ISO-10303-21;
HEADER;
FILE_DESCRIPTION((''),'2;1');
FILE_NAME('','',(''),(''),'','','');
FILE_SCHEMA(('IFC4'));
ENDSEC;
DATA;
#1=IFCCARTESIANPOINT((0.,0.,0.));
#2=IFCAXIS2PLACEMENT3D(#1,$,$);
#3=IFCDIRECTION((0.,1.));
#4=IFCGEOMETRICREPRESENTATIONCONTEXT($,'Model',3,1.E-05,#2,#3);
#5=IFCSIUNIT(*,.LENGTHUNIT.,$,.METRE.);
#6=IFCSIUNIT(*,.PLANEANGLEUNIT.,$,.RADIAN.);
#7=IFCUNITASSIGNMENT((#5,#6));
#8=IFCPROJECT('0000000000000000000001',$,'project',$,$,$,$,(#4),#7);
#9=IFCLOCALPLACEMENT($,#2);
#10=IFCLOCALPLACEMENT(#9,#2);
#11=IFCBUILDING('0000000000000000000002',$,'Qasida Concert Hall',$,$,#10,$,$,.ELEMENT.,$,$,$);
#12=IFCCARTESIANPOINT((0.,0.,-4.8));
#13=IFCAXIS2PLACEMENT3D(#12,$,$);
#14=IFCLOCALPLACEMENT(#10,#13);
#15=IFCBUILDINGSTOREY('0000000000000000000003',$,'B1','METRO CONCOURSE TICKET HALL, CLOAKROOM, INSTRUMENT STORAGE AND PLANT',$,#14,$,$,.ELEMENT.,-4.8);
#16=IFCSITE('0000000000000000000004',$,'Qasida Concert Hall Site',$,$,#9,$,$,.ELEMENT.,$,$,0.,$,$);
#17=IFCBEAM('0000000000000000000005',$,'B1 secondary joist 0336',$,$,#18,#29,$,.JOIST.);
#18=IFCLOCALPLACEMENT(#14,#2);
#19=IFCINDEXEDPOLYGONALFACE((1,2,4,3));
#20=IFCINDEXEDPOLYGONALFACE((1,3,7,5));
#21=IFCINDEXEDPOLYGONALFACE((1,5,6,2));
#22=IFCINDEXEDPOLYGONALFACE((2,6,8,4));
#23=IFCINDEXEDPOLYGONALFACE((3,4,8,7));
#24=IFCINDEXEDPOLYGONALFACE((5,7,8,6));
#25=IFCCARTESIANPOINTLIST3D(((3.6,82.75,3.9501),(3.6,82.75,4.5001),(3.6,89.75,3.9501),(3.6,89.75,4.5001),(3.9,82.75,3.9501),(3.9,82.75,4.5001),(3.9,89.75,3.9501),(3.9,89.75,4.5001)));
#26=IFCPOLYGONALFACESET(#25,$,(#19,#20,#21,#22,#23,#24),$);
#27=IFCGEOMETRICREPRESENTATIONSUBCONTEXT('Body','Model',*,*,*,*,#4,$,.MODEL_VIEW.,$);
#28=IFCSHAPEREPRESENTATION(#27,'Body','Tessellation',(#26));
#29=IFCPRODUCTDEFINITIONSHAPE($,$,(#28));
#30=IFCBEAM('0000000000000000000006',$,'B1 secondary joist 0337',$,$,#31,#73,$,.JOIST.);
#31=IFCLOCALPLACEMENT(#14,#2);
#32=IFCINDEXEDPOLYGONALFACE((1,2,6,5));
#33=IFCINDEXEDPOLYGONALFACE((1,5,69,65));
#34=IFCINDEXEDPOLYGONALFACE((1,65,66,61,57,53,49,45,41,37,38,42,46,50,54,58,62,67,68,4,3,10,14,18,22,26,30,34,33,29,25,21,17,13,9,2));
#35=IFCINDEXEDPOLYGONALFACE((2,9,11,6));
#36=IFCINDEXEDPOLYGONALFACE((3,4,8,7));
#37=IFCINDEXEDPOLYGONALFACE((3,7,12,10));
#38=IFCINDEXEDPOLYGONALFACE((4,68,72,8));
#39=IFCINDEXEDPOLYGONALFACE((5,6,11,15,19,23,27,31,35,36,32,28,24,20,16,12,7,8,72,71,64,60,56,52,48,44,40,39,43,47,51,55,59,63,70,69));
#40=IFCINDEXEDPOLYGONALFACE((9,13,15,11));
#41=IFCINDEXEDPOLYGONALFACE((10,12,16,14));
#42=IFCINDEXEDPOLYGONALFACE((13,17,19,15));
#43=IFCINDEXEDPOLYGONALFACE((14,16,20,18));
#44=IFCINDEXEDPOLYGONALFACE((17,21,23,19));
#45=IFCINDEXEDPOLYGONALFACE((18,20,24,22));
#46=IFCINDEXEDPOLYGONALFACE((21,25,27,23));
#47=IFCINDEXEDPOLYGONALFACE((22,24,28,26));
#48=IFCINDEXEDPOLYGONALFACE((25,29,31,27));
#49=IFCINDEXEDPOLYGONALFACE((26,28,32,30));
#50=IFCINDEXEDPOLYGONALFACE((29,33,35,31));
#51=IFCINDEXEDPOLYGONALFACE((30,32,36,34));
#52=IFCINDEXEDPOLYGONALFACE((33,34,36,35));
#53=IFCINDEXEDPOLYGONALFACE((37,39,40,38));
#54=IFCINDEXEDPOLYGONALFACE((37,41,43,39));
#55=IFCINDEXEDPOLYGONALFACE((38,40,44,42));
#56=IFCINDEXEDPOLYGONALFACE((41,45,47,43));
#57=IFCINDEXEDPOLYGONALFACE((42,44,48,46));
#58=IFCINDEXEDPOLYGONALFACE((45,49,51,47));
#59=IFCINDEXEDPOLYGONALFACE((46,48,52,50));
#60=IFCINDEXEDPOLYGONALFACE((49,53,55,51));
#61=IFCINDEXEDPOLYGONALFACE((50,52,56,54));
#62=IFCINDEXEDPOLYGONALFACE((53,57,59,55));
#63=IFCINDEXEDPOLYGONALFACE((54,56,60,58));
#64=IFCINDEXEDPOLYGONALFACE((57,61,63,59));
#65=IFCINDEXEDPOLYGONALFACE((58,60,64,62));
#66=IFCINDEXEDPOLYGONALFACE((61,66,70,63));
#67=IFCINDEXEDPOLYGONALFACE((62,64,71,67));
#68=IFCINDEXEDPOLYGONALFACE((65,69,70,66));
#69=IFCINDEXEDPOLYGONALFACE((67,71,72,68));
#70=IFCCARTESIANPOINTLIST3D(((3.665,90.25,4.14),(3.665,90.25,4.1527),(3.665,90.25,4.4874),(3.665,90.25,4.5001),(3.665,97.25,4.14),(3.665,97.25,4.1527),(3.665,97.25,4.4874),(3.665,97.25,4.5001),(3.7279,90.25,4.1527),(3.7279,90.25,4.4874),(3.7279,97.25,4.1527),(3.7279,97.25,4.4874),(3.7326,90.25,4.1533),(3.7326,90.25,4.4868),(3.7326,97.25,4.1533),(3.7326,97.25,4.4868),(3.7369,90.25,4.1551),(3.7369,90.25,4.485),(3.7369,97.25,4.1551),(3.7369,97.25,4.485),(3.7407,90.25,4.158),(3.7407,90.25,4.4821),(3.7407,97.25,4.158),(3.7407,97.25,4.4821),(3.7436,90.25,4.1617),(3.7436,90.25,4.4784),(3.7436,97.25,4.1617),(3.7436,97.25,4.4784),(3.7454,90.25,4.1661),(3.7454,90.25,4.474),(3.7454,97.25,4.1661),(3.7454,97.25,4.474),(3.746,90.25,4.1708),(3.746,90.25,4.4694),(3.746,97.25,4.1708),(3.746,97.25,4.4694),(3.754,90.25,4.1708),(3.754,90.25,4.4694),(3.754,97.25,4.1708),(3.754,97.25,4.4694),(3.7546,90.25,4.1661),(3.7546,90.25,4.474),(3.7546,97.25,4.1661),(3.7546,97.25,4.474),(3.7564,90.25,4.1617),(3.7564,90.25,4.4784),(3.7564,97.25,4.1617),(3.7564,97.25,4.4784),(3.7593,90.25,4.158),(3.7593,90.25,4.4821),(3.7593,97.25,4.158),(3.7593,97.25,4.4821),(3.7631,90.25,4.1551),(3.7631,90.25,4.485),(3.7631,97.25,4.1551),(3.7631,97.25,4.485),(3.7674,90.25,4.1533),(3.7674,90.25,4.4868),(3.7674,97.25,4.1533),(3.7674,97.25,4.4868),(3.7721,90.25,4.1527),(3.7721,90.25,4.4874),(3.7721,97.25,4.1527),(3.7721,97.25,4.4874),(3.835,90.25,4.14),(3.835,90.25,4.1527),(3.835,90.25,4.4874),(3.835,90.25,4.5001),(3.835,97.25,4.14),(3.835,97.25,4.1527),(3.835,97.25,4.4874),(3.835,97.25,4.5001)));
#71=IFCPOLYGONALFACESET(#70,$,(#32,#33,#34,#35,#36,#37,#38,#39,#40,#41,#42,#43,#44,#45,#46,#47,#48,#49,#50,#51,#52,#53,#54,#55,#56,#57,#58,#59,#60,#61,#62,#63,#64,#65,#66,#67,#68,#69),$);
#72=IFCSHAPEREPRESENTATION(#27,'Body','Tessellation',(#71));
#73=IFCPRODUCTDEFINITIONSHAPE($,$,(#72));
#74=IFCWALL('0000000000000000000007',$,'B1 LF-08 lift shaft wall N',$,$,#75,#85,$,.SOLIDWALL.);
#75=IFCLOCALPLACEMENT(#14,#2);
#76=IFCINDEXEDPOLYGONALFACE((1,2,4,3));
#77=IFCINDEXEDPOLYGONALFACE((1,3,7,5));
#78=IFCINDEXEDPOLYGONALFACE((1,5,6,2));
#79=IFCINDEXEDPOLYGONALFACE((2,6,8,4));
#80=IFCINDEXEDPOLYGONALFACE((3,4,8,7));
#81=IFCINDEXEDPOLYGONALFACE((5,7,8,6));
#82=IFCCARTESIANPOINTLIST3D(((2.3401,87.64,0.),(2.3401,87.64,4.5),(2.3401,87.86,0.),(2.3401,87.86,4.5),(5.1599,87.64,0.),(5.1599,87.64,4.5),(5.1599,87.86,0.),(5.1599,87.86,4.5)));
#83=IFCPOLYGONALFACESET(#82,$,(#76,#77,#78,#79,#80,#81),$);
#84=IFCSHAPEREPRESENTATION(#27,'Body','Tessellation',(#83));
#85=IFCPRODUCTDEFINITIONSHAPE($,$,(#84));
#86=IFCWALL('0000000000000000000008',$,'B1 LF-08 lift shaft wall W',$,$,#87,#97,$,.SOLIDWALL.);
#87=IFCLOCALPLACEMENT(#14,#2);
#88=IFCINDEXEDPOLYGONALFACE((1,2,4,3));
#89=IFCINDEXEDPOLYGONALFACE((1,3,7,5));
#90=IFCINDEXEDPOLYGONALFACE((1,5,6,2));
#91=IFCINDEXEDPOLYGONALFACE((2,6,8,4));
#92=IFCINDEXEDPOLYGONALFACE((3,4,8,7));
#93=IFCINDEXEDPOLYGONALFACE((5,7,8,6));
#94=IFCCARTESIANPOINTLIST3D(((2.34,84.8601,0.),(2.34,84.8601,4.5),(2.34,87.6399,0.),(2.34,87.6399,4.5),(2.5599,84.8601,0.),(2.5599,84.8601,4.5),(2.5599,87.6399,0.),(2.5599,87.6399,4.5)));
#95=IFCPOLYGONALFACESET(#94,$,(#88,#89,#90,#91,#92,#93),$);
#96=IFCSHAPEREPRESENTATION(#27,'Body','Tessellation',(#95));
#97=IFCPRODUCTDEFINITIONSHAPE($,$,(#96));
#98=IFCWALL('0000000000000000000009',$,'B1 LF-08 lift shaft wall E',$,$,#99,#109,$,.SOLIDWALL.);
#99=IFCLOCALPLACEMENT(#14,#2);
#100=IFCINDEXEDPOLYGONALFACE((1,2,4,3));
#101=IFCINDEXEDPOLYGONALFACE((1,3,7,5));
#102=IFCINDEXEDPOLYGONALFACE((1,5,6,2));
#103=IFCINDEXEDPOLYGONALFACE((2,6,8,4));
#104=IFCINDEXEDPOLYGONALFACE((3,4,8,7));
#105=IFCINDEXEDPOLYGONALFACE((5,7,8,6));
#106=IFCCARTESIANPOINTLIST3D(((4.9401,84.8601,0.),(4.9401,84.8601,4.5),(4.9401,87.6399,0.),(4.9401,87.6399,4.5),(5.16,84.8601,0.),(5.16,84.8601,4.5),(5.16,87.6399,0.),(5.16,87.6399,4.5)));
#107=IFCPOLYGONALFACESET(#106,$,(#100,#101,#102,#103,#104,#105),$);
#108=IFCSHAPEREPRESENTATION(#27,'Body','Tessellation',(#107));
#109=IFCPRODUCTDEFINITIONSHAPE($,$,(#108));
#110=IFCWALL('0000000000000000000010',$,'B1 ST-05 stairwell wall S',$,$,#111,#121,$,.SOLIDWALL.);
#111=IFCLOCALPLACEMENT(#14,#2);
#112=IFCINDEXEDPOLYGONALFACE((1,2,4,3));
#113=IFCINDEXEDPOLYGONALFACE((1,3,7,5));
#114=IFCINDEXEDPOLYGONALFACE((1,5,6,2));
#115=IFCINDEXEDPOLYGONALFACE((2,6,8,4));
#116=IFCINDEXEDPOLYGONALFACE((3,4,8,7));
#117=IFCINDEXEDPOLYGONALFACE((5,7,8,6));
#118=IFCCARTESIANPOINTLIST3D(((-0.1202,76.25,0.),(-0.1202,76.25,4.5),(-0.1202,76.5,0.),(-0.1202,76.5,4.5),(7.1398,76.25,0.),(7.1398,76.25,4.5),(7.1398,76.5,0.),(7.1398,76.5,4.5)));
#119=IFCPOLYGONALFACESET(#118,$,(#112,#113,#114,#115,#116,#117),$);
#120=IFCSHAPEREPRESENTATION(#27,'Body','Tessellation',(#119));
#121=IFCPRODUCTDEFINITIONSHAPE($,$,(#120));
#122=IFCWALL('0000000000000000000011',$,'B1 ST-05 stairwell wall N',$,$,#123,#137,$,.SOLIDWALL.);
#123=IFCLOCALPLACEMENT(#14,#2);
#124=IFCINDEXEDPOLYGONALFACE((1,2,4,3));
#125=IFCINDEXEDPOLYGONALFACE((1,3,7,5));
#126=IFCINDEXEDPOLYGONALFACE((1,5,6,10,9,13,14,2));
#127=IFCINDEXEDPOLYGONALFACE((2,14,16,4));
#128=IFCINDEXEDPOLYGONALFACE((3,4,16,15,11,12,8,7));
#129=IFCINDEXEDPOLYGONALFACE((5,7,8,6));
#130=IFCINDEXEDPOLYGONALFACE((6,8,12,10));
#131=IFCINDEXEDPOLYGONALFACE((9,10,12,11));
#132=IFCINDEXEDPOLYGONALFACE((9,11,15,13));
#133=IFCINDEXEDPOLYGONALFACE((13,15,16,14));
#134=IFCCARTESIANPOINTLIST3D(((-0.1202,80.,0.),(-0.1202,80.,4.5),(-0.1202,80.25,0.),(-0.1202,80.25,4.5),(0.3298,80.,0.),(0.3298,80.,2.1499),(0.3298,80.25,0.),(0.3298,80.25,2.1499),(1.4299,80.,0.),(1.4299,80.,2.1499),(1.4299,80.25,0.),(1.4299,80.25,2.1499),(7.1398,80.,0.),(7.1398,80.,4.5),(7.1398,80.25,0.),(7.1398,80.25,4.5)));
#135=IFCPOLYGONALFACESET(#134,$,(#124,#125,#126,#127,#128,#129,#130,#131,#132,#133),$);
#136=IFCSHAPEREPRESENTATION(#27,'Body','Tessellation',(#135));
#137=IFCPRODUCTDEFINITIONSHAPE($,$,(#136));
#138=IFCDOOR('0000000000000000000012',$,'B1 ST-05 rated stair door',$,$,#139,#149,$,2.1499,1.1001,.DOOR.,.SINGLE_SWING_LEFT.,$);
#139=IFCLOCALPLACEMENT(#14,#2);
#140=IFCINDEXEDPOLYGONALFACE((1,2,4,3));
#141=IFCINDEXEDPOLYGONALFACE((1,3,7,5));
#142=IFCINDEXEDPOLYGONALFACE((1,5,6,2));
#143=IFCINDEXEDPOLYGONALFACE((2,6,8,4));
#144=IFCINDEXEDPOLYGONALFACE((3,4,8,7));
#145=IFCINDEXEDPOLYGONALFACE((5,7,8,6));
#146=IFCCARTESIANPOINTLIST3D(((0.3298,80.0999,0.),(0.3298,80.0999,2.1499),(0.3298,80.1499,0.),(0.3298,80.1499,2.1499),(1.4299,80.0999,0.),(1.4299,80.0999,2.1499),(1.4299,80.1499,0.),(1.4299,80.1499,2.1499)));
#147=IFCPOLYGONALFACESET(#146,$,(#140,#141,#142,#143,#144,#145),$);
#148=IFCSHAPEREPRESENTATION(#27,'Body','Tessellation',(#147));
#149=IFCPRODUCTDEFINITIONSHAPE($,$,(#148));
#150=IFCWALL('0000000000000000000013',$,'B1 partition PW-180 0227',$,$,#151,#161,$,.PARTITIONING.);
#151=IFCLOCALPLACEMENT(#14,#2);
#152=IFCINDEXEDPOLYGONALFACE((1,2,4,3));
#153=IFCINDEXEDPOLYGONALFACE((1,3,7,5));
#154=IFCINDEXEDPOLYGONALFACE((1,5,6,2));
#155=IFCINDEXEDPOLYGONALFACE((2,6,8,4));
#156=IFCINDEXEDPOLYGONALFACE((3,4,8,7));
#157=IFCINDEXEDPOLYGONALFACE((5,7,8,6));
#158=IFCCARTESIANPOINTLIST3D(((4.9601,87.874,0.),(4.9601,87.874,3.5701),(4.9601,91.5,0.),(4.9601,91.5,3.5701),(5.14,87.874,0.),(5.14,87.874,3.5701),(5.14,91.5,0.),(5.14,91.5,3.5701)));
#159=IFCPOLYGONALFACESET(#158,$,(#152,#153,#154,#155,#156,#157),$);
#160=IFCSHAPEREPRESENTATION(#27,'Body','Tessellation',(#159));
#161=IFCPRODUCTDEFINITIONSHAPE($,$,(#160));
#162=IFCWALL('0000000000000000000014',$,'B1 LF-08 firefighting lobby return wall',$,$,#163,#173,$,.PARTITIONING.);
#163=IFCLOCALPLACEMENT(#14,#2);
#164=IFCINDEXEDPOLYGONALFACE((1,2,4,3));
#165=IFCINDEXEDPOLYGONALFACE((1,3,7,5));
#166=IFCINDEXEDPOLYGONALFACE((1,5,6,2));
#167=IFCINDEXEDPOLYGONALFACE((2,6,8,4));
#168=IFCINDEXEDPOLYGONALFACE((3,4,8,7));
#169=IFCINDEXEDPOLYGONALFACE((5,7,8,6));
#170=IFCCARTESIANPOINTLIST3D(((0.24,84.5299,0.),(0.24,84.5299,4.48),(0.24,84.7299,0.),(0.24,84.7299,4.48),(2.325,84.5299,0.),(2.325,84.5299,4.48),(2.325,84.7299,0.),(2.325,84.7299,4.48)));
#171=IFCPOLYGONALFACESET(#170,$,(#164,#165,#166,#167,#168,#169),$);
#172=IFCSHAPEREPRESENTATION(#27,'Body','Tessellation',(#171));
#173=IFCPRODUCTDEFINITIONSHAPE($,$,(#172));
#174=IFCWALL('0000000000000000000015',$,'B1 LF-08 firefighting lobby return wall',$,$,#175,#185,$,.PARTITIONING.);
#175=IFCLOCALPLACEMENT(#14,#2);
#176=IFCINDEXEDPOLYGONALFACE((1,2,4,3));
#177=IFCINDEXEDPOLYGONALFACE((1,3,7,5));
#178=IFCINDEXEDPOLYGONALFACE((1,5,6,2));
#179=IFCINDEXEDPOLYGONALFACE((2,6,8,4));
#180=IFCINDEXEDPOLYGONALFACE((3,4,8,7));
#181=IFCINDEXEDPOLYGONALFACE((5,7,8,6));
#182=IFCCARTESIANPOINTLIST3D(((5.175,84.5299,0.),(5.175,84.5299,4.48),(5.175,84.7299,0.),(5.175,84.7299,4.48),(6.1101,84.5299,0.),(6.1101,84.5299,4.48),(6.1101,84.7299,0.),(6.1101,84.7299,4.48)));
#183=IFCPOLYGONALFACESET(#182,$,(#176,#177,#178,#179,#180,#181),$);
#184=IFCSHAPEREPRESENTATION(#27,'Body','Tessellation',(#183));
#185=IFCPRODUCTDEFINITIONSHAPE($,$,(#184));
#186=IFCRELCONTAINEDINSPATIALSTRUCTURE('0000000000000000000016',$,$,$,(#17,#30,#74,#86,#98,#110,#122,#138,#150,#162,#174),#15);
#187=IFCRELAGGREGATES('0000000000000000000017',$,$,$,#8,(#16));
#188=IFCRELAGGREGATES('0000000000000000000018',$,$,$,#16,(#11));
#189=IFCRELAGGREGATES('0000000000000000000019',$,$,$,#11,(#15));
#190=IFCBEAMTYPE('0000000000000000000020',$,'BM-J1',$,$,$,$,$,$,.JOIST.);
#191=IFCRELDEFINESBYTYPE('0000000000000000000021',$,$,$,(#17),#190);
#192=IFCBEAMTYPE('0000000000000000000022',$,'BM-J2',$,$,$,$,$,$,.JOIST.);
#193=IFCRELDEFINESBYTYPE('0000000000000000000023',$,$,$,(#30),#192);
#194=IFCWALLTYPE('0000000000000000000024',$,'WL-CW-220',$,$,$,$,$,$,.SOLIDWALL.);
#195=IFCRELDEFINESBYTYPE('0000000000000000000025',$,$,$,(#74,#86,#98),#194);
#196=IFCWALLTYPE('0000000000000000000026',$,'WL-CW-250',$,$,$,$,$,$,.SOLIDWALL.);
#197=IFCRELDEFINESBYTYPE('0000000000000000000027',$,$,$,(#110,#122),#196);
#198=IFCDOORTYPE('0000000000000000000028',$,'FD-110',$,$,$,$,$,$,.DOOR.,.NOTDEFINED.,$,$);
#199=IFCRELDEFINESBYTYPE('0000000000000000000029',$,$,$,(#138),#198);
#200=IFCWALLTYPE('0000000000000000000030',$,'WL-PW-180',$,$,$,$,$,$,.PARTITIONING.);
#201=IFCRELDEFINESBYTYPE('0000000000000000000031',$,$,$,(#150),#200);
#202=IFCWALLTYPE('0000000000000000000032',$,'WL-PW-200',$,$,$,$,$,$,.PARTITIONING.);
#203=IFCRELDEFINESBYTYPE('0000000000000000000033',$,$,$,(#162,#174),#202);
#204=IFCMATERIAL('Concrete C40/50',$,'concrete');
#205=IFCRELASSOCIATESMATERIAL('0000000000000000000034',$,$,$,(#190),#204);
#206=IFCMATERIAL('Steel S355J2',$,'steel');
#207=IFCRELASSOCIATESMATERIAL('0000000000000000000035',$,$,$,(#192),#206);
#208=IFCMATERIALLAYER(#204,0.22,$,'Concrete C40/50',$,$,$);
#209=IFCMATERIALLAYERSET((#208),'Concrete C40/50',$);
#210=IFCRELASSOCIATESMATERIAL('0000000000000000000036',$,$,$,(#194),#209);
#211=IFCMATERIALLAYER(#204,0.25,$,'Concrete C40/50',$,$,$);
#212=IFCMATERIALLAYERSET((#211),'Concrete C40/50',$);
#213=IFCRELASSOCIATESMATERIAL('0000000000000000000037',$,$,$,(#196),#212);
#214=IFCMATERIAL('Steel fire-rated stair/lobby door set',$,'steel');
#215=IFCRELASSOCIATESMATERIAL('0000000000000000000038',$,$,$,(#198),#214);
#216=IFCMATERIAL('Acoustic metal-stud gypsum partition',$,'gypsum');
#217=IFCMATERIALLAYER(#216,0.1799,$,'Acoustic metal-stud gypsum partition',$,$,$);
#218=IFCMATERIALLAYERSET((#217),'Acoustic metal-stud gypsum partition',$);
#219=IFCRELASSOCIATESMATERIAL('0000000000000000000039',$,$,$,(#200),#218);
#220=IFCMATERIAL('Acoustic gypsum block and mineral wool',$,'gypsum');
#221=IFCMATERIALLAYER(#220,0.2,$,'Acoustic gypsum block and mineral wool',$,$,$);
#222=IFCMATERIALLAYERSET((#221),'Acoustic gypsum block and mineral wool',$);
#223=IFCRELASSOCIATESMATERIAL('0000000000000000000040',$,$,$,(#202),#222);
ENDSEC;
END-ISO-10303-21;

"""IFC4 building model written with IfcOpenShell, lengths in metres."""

from ifc_helpers import new_model, si_unit, direction, frame, frame_2d, origin, origin_2d, place, context, subcontext, project, spatial, rectangle, i_section, extrude, material, layer, layer_set, material_profile, profile_set, type_object, element, fill, save


model = new_model("IFC4")

# Units and contexts
model_context = context("Model", 3, precision=1e-05, world=origin(), true_north=direction((0.0, 1.0)))
body_context = subcontext(model_context, "Body", "Model", "MODEL_VIEW")
ifc_project = project(units=[si_unit("LENGTHUNIT", "METRE"), si_unit("PLANEANGLEUNIT", "RADIAN")], contexts=[model_context])

# Site, building, storey
site_placement = place(None, origin())
site = spatial("IfcSite", under=ifc_project, at=site_placement, Name="Qasida Concert Hall Site", CompositionType="ELEMENT", RefElevation=0.0)
building_placement = place(site_placement, origin())
building = spatial("IfcBuilding", under=site, at=building_placement, Name="Qasida Concert Hall", CompositionType="ELEMENT")
storey_placement = place(building_placement, frame((0.0, 0.0, -4.8)))
storey = spatial("IfcBuildingStorey", under=building, at=storey_placement, Name="B1", Description="METRO CONCOURSE TICKET HALL, CLOAKROOM, INSTRUMENT STORAGE AND PLANT", CompositionType="ELEMENT", Elevation=-4.8)

# Shared definitions
ifc_material_1 = material(Name="Concrete C40/50", Category="concrete")

# Beams
ifc_material_profile_1 = material_profile(ifc_material_1, rectangle(XDim=0.3, YDim=0.55, at=origin_2d()), Name="RC 300x550")
ifc_profile_set_1 = profile_set([ifc_material_profile_1], Name="Concrete C40/50")
beam_type_1 = type_object("IfcBeamType", Name="BM-J1", PredefinedType="JOIST", material=ifc_profile_set_1)
beam_1_placement = place(storey_placement, frame((3.75, 82.75, 4.2251), z_axis=(0.0, 1.0, 0.0), x_axis=(-1.0, 0.0, 0.0)))
element("IfcBeam", 1, at=beam_1_placement, inside=storey, type_object=beam_type_1, Name="B1 secondary joist 0336", PredefinedType="JOIST", context=body_context, shape_type="SweptSolid", body=[
    extrude(rectangle(XDim=0.3, YDim=0.55, at=origin_2d()), origin(), (0.0, 0.0, 1.0), 7.0),
])
ifc_material_2 = material(Name="Steel S355J2", Category="steel")
ifc_material_profile_2 = material_profile(ifc_material_2, i_section(OverallWidth=0.1699, OverallDepth=0.3601, WebThickness=0.0081, FlangeThickness=0.0127, FilletRadius=0.0181, at=origin_2d()), Name="IPE 360")
ifc_profile_set_2 = profile_set([ifc_material_profile_2], Name="Steel S355J2")
beam_type_2 = type_object("IfcBeamType", Name="BM-J2", PredefinedType="JOIST", material=ifc_profile_set_2)
beam_2_placement = place(storey_placement, frame((3.75, 90.25, 4.3201), z_axis=(0.0, 1.0, 0.0), x_axis=(-1.0, 0.0, 0.0)))
element("IfcBeam", 2, at=beam_2_placement, inside=storey, type_object=beam_type_2, Name="B1 secondary joist 0337", PredefinedType="JOIST", context=body_context, shape_type="SweptSolid", body=[
    extrude(i_section(OverallWidth=0.1699, OverallDepth=0.3601, WebThickness=0.0081, FlangeThickness=0.0127, FilletRadius=0.0181, at=origin_2d()), origin(), (0.0, 0.0, 1.0), 7.0),
])

# Shared definitions
ifc_layer_1 = layer(ifc_material_1, 0.22, Name="Concrete C40/50")
ifc_layer_set_1 = layer_set([ifc_layer_1], Name="Concrete C40/50")
wall_type_1 = type_object("IfcWallType", Name="WL-CW-220", PredefinedType="SOLIDWALL", material=ifc_layer_set_1)

# Walls
wall_1_placement = place(storey_placement, frame((2.3401, 87.75, 0.0), z_axis=(0.0, 0.0, 1.0), x_axis=(1.0, 0.0, 0.0)))
element("IfcWall", 3, at=wall_1_placement, inside=storey, type_object=wall_type_1, Name="B1 LF-08 lift shaft wall N", PredefinedType="SOLIDWALL", context=body_context, shape_type="SweptSolid", body=[
    extrude(rectangle(XDim=2.8198, YDim=0.22, at=frame_2d((1.4099, 0.0))), origin(), (0.0, 0.0, 1.0), 4.5),
])
for number, where, z_axis, x_axis, name in (
    (4, (2.45, 84.8601, 0.0), (0.0, 0.0, 1.0), (0.0, 1.0, 0.0), "B1 LF-08 lift shaft wall W"),
    (5, (5.05, 84.8601, 0.0), (0.0, 0.0, 1.0), (0.0, 1.0, 0.0), "B1 LF-08 lift shaft wall E"),
):
    element("IfcWall", number, at=place(storey_placement, frame(where, z_axis=z_axis, x_axis=x_axis)), inside=storey, type_object=wall_type_1, Name=name, PredefinedType="SOLIDWALL", context=body_context, shape_type="SweptSolid", body=[
        extrude(rectangle(XDim=2.7798, YDim=0.22, at=frame_2d((1.3899, 0.0))), origin(), (0.0, 0.0, 1.0), 4.5),
    ])
ifc_layer_2 = layer(ifc_material_1, 0.25, Name="Concrete C40/50")
ifc_layer_set_2 = layer_set([ifc_layer_2], Name="Concrete C40/50")
wall_type_2 = type_object("IfcWallType", Name="WL-CW-250", PredefinedType="SOLIDWALL", material=ifc_layer_set_2)
wall_2_placement = place(storey_placement, frame((-0.1201, 76.375, 0.0), z_axis=(0.0, 0.0, 1.0), x_axis=(1.0, 0.0, 0.0)))
element("IfcWall", 6, at=wall_2_placement, inside=storey, type_object=wall_type_2, Name="B1 ST-05 stairwell wall S", PredefinedType="SOLIDWALL", context=body_context, shape_type="SweptSolid", body=[
    extrude(rectangle(XDim=7.26, YDim=0.25, at=frame_2d((3.6299, 0.0))), origin(), (0.0, 0.0, 1.0), 4.5),
])

# Wall, opening, door
wall_3_placement = place(storey_placement, frame((-0.1201, 80.125, 0.0), z_axis=(0.0, 0.0, 1.0), x_axis=(1.0, 0.0, 0.0)))
wall_3 = element("IfcWall", 7, at=wall_3_placement, inside=storey, type_object=wall_type_2, Name="B1 ST-05 stairwell wall N", PredefinedType="SOLIDWALL", context=body_context, shape_type="SweptSolid", body=[
    extrude(rectangle(XDim=7.26, YDim=0.25, at=frame_2d((3.6299, 0.0))), origin(), (0.0, 0.0, 1.0), 4.5),
])
opening_1_placement = place(wall_3_placement, frame((0.45, 0.0, 0.0)))
opening_1 = element("IfcOpeningElement", 8, at=opening_1_placement, cuts=wall_3, PredefinedType="OPENING", context=body_context, shape_type="SweptSolid", body=[
    extrude(rectangle(XDim=1.1001, YDim=2.1499, at=frame_2d((0.55, 1.075))), frame((0.0, 0.135, 0.0), z_axis=(0.0, -1.0, 0.0), x_axis=(1.0, 0.0, 0.0)), (0.0, 0.0, 1.0), 0.27),
])
ifc_material_3 = material(Name="Steel fire-rated stair/lobby door set", Category="steel")
door_type_1 = type_object("IfcDoorType", Name="FD-110", OperationType="NOTDEFINED", PredefinedType="DOOR", material=ifc_material_3)
door_1_placement = place(opening_1_placement, origin())
door_1 = element("IfcDoor", 9, at=door_1_placement, inside=storey, type_object=door_type_1, Name="B1 ST-05 rated stair door", OperationType="SINGLE_SWING_LEFT", OverallHeight=2.1499, OverallWidth=1.1001, PredefinedType="DOOR", context=body_context, shape_type="SweptSolid", body=[
    extrude(rectangle(XDim=1.1001, YDim=2.1499, at=frame_2d((0.55, 1.075))), frame((0.0, 0.0249, 0.0), z_axis=(0.0, -1.0, 0.0), x_axis=(1.0, 0.0, 0.0)), (0.0, 0.0, 1.0), 0.05),
])
fill(opening_1, door_1)

# Walls
ifc_material_4 = material(Name="Acoustic metal-stud gypsum partition", Category="gypsum")
ifc_layer_3 = layer(ifc_material_4, 0.1799, Name="Acoustic metal-stud gypsum partition")
ifc_layer_set_3 = layer_set([ifc_layer_3], Name="Acoustic metal-stud gypsum partition")
wall_type_3 = type_object("IfcWallType", Name="WL-PW-180", PredefinedType="PARTITIONING", material=ifc_layer_set_3)
wall_4_placement = place(storey_placement, frame((5.05, 87.874, 0.0), z_axis=(0.0, 0.0, 1.0), x_axis=(0.0, 1.0, 0.0)))
element("IfcWall", 10, at=wall_4_placement, inside=storey, type_object=wall_type_3, Name="B1 partition PW-180 0227", PredefinedType="PARTITIONING", context=body_context, shape_type="SweptSolid", body=[
    extrude(rectangle(XDim=3.626, YDim=0.1799, at=frame_2d((1.813, 0.0))), origin(), (0.0, 0.0, 1.0), 3.5701),
])
ifc_material_5 = material(Name="Acoustic gypsum block and mineral wool", Category="gypsum")
ifc_layer_4 = layer(ifc_material_5, 0.2, Name="Acoustic gypsum block and mineral wool")
ifc_layer_set_4 = layer_set([ifc_layer_4], Name="Acoustic gypsum block and mineral wool")
wall_type_4 = type_object("IfcWallType", Name="WL-PW-200", PredefinedType="PARTITIONING", material=ifc_layer_set_4)
wall_5_placement = place(storey_placement, frame((0.24, 84.6299, 0.0), z_axis=(0.0, 0.0, 1.0), x_axis=(1.0, 0.0, 0.0)))
element("IfcWall", 11, at=wall_5_placement, inside=storey, type_object=wall_type_4, Name="B1 LF-08 firefighting lobby return wall", PredefinedType="PARTITIONING", context=body_context, shape_type="SweptSolid", body=[
    extrude(rectangle(XDim=2.085, YDim=0.2, at=frame_2d((1.0425, 0.0))), origin(), (0.0, 0.0, 1.0), 4.48),
])
wall_6_placement = place(storey_placement, frame((5.175, 84.6299, 0.0), z_axis=(0.0, 0.0, 1.0), x_axis=(1.0, 0.0, 0.0)))
element("IfcWall", 12, at=wall_6_placement, inside=storey, type_object=wall_type_4, Name="B1 LF-08 firefighting lobby return wall", PredefinedType="PARTITIONING", context=body_context, shape_type="SweptSolid", body=[
    extrude(rectangle(XDim=0.9351, YDim=0.2, at=frame_2d((0.4675, 0.0))), origin(), (0.0, 0.0, 1.0), 4.48),
])

save(model, "model.ifc")
